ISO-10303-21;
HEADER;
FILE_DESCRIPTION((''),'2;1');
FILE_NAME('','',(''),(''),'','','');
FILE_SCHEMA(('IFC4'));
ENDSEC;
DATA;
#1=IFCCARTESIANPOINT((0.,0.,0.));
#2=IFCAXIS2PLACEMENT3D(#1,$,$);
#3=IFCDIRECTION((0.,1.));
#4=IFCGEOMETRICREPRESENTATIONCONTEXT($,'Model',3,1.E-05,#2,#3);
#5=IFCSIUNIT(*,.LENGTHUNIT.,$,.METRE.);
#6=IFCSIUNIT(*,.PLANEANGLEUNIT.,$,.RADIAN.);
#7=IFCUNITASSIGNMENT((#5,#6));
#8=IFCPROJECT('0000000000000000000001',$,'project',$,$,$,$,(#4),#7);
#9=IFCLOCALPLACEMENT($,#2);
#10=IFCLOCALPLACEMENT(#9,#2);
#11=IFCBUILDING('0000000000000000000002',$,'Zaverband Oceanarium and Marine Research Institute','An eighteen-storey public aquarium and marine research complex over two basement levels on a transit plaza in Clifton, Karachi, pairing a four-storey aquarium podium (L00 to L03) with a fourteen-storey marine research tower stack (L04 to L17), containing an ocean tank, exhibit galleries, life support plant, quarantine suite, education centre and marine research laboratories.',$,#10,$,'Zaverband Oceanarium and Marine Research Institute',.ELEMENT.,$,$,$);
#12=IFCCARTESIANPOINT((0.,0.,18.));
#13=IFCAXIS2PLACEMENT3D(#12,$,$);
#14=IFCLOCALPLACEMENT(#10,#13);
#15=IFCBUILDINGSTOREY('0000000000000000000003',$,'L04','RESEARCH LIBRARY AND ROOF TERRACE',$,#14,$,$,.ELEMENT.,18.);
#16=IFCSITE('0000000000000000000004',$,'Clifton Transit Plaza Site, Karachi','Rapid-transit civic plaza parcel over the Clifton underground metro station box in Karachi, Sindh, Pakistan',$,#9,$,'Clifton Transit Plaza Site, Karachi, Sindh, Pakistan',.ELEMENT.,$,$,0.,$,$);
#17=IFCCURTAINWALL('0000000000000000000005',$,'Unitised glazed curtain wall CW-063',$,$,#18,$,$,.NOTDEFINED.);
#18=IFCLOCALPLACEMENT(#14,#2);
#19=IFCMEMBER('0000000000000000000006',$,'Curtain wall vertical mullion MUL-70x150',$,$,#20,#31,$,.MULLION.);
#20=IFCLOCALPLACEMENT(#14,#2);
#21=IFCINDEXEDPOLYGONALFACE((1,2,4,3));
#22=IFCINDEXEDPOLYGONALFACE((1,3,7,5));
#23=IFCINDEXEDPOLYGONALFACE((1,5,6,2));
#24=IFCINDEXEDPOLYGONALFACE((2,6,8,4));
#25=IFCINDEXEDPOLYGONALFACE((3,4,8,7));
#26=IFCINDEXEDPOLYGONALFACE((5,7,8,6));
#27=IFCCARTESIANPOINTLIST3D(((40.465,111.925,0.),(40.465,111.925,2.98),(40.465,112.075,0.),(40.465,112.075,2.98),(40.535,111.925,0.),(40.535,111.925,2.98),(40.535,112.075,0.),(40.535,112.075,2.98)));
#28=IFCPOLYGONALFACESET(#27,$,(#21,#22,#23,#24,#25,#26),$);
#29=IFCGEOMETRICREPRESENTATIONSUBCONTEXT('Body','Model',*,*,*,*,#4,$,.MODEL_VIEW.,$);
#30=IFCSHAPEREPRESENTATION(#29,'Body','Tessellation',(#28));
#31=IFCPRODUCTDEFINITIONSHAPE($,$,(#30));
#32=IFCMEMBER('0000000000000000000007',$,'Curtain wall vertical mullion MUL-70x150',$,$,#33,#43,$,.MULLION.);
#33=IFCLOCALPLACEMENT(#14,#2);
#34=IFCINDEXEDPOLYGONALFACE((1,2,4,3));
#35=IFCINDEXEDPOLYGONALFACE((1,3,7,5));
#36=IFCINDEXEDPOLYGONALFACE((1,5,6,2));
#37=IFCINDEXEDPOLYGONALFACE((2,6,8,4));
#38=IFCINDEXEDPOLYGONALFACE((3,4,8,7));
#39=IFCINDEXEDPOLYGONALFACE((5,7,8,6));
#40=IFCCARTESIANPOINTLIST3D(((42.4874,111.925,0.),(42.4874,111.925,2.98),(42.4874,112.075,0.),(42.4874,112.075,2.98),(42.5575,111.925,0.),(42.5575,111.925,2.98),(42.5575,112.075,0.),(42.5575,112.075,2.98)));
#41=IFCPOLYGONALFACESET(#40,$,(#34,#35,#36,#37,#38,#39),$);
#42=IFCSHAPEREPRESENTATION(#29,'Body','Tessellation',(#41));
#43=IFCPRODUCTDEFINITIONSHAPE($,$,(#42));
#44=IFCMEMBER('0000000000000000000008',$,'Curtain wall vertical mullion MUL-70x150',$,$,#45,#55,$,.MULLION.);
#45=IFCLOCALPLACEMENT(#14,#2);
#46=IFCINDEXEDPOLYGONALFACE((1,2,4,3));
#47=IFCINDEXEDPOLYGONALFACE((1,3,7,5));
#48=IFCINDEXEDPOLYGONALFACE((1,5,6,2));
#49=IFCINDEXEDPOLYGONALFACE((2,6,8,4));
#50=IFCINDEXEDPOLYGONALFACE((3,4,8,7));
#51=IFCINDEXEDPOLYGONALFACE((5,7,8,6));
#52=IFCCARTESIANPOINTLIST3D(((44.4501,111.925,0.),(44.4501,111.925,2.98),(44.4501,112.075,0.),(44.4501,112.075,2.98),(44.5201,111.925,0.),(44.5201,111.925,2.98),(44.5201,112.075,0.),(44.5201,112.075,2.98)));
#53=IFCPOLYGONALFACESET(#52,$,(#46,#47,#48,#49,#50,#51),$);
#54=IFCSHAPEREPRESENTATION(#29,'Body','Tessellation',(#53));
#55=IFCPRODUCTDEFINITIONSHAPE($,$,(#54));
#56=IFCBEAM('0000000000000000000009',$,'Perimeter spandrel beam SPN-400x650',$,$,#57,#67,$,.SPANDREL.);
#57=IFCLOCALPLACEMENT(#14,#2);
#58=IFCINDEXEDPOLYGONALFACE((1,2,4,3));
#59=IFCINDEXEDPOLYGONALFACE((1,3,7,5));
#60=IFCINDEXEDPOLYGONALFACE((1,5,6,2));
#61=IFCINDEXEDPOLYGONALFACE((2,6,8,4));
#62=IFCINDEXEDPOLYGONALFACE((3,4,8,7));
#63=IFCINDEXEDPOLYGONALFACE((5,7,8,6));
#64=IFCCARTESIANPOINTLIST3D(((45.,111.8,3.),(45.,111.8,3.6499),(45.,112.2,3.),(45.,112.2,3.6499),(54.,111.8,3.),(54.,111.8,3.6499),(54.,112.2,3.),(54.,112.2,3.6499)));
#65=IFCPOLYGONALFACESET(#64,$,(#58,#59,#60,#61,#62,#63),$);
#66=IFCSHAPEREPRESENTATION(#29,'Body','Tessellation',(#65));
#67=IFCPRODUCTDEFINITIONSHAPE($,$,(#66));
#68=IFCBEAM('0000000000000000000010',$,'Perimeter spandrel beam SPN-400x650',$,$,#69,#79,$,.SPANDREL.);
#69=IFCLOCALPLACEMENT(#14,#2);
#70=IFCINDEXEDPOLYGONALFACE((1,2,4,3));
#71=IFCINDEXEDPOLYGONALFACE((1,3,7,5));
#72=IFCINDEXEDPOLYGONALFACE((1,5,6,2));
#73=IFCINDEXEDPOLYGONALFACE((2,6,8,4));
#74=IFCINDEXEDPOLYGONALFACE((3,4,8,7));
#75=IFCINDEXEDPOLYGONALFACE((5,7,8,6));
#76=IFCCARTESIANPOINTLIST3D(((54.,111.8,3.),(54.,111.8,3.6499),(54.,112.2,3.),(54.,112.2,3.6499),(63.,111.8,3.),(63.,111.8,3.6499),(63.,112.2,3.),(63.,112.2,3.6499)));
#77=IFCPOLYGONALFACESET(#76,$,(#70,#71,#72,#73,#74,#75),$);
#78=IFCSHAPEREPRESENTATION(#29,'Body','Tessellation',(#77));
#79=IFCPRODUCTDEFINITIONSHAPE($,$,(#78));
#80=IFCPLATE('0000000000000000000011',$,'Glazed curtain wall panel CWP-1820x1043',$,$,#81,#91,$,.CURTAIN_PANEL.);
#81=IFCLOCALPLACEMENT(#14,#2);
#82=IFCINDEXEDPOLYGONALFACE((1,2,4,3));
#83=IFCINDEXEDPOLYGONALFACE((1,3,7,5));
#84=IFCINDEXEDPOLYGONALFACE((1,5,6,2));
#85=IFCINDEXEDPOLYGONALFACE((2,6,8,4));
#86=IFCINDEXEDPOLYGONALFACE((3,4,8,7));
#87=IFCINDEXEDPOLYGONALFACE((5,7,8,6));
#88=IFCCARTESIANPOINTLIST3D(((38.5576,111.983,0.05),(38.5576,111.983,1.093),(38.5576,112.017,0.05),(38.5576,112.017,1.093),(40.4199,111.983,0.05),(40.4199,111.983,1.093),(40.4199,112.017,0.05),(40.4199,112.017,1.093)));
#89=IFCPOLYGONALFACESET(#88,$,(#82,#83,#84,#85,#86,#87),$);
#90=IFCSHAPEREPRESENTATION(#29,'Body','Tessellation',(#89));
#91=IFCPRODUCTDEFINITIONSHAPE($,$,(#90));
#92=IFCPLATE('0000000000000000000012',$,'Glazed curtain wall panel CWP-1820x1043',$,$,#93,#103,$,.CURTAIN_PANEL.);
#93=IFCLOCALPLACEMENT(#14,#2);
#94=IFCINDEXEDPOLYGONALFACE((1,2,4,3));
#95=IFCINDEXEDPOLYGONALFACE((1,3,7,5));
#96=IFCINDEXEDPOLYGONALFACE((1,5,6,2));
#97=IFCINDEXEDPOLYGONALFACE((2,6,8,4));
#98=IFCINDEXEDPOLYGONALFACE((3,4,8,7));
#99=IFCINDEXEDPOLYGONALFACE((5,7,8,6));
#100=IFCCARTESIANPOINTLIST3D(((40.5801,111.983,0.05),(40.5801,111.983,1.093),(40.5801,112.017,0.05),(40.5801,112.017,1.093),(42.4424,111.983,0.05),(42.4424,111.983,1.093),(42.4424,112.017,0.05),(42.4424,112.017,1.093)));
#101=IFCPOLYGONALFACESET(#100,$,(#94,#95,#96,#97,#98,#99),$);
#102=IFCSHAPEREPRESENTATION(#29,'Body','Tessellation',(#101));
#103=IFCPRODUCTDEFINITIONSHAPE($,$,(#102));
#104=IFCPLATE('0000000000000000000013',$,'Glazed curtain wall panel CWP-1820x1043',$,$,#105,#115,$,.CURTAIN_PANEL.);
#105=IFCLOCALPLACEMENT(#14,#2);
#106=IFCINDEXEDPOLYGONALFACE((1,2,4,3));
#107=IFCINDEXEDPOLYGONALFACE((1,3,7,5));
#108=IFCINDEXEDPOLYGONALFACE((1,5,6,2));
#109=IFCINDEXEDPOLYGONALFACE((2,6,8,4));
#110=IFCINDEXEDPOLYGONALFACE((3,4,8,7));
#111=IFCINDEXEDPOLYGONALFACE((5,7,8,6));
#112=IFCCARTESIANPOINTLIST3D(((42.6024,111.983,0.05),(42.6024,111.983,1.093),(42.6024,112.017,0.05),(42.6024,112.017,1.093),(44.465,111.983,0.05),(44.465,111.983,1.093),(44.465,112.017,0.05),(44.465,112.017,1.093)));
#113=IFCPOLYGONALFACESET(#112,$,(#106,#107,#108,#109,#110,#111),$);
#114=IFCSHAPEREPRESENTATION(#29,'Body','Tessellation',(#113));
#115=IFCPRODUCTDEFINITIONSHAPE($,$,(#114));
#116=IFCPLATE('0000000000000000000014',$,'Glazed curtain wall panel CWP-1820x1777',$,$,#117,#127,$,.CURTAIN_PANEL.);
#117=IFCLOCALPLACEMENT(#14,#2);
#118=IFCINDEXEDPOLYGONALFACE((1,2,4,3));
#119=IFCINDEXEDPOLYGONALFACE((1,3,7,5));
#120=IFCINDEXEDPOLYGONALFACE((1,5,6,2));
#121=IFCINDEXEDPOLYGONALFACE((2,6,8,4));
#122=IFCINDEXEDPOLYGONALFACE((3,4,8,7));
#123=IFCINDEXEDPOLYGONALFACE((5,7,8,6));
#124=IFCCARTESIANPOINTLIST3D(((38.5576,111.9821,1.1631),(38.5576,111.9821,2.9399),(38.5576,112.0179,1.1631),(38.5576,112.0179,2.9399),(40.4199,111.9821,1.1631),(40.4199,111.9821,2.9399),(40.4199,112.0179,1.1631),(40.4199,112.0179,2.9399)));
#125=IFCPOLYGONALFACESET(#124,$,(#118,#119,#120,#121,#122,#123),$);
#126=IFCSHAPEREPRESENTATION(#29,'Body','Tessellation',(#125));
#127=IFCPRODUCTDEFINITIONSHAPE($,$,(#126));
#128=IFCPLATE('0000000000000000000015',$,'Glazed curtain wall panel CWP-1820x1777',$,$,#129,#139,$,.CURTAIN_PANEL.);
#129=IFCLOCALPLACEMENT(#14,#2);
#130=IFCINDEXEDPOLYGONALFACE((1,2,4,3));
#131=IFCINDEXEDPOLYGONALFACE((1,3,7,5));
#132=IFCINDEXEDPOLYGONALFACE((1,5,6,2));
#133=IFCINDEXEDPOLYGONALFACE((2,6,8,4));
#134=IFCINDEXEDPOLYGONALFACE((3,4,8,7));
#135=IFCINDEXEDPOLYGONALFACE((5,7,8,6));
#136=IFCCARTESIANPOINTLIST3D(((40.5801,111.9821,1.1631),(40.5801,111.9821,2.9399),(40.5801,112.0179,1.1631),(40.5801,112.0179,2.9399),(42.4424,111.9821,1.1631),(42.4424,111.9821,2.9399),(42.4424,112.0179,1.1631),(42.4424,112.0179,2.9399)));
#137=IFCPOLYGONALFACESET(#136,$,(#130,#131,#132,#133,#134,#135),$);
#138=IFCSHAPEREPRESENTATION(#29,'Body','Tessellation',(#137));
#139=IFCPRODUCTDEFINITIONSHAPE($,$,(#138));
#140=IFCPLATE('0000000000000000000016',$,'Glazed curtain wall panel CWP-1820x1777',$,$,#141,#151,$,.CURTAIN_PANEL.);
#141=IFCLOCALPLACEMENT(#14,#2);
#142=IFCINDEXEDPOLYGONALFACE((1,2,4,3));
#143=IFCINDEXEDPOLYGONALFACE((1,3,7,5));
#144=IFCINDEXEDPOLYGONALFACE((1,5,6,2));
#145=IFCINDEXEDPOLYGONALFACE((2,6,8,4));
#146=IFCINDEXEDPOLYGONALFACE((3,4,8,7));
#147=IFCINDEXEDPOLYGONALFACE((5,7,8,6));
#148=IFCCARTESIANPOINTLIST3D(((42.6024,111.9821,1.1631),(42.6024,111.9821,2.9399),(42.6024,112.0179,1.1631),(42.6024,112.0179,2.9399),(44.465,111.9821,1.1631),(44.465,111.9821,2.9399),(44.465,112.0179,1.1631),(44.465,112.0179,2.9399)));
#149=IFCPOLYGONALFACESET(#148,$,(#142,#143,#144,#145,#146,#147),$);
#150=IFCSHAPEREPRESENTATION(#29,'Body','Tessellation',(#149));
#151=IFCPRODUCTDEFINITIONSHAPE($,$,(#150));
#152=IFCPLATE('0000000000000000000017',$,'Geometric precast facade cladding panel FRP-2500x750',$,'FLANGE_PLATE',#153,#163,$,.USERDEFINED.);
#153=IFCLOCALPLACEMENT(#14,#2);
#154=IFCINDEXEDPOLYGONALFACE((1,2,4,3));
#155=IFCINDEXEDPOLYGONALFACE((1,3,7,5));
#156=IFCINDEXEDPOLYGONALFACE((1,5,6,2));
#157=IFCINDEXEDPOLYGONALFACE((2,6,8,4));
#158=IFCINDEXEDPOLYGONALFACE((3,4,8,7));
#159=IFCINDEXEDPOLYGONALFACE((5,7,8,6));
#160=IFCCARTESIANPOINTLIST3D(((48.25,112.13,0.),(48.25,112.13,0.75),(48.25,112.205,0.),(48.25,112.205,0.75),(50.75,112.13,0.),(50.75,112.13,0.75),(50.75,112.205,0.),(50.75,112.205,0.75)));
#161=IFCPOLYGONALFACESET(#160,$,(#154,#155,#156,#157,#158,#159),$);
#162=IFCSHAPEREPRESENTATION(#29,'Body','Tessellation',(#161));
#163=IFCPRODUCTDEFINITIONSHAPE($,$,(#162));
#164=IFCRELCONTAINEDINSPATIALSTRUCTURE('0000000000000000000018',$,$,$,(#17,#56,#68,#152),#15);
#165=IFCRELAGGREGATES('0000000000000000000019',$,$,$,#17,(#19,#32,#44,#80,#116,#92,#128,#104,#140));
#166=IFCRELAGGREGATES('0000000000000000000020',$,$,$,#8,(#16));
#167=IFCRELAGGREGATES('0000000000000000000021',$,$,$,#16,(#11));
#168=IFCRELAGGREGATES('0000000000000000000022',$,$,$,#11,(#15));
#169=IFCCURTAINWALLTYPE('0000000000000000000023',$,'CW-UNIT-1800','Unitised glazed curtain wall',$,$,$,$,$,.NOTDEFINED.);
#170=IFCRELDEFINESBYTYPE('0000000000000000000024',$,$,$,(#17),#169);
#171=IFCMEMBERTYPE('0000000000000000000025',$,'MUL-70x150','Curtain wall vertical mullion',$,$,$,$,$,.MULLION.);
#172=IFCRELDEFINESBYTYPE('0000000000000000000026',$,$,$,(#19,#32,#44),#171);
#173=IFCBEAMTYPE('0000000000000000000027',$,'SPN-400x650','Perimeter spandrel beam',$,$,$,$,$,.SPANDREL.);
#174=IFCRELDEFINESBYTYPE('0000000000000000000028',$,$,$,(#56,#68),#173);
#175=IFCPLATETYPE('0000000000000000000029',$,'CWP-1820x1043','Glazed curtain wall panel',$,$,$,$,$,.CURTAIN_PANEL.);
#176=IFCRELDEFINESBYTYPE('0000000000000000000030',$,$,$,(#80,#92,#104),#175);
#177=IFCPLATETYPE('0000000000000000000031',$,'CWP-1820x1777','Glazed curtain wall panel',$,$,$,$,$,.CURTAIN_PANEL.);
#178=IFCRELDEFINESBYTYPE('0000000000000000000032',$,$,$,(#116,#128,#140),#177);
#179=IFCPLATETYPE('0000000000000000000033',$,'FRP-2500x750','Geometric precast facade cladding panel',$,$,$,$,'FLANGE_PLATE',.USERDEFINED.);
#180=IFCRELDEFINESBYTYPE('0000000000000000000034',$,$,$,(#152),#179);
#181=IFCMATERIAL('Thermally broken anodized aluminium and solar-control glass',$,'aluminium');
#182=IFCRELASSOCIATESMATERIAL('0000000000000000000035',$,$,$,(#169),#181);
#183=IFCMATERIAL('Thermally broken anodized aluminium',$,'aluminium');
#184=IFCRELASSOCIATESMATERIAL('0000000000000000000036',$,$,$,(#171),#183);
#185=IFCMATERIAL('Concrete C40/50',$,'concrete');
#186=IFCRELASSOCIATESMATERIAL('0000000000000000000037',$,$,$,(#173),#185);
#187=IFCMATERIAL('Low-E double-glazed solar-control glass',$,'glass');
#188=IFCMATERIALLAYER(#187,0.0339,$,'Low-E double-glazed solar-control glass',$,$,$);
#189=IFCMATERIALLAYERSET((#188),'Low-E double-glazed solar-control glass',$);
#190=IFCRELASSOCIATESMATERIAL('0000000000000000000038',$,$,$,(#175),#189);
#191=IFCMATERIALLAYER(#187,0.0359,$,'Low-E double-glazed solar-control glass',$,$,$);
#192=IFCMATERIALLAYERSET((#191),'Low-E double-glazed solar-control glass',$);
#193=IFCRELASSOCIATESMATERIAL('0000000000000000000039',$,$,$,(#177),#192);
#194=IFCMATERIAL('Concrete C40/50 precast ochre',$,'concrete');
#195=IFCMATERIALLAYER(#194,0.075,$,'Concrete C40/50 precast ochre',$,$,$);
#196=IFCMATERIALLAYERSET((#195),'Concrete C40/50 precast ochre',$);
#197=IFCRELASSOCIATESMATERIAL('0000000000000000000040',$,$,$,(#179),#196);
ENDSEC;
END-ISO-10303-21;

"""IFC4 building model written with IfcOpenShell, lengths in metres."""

from ifc_helpers import new_model, si_unit, direction, frame, frame_2d, origin, origin_2d, place, context, subcontext, project, spatial, rectangle, extrude, material, layer, layer_set, material_profile, profile_set, type_object, element, aggregate, save


model = new_model("IFC4")

# Units and contexts
model_context = context("Model", 3, precision=1e-05, world=origin(), true_north=direction((0.0, 1.0)))
body_context = subcontext(model_context, "Body", "Model", "MODEL_VIEW")
ifc_project = project(units=[si_unit("LENGTHUNIT", "METRE"), si_unit("PLANEANGLEUNIT", "RADIAN")], contexts=[model_context])

# Site, building, storey
site_placement = place(None, origin())
site = spatial("IfcSite", under=ifc_project, at=site_placement, Name="Clifton Transit Plaza Site, Karachi", Description="Rapid-transit civic plaza parcel over the Clifton underground metro station box in Karachi, Sindh, Pakistan", LongName="Clifton Transit Plaza Site, Karachi, Sindh, Pakistan", CompositionType="ELEMENT", RefElevation=0.0)
building_placement = place(site_placement, origin())
building = spatial("IfcBuilding", under=site, at=building_placement, Name="Zaverband Oceanarium and Marine Research Institute", Description="An eighteen-storey public aquarium and marine research complex over two basement levels on a transit plaza in Clifton, Karachi, pairing a four-storey aquarium podium (L00 to L03) with a fourteen-storey marine research tower stack (L04 to L17), containing an ocean tank, exhibit galleries, life support plant, quarantine suite, education centre and marine research laboratories.", LongName="Zaverband Oceanarium and Marine Research Institute", CompositionType="ELEMENT")
storey_placement = place(building_placement, frame((0.0, 0.0, 18.0)))
storey = spatial("IfcBuildingStorey", under=building, at=storey_placement, Name="L04", Description="RESEARCH LIBRARY AND ROOF TERRACE", CompositionType="ELEMENT", Elevation=18.0)

# Shared definitions
ifc_material_1 = material(Name="Concrete C40/50", Category="concrete")

# Curtain wall, members
ifc_material_2 = material(Name="Thermally broken anodized aluminium and solar-control glass", Category="aluminium")
curtain_wall_type = type_object("IfcCurtainWallType", Name="CW-UNIT-1800", Description="Unitised glazed curtain wall", PredefinedType="NOTDEFINED", material=ifc_material_2)
curtain_wall_placement = place(storey_placement, origin())
curtain_wall = element("IfcCurtainWall", 1, at=curtain_wall_placement, inside=storey, type_object=curtain_wall_type, Name="Unitised glazed curtain wall CW-063", PredefinedType="NOTDEFINED")
ifc_material_3 = material(Name="Thermally broken anodized aluminium", Category="aluminium")
ifc_material_profile_1 = material_profile(ifc_material_3, rectangle(XDim=0.0701, YDim=0.1499, at=origin_2d()), Name="AL-MUL-70x150")
ifc_profile_set_1 = profile_set([ifc_material_profile_1], Name="Thermally broken anodized aluminium")
member_type = type_object("IfcMemberType", Name="MUL-70x150", Description="Curtain wall vertical mullion", PredefinedType="MULLION", material=ifc_profile_set_1)
member_1_placement = place(storey_placement, frame((40.5, 112.0, 0.0), z_axis=(0.0, 0.0, 1.0), x_axis=(1.0, 0.0, 0.0)))
member_1 = element("IfcMember", 2, at=member_1_placement, type_object=member_type, Name="Curtain wall vertical mullion MUL-70x150", PredefinedType="MULLION", context=body_context, shape_type="SweptSolid", body=[
    extrude(rectangle(XDim=0.0701, YDim=0.1499, at=origin_2d()), origin(), (0.0, 0.0, 1.0), 2.98),
])
member_2_placement = place(storey_placement, frame((42.5225, 112.0, 0.0), z_axis=(0.0, 0.0, 1.0), x_axis=(1.0, 0.0, 0.0)))
member_2 = element("IfcMember", 3, at=member_2_placement, type_object=member_type, Name="Curtain wall vertical mullion MUL-70x150", PredefinedType="MULLION", context=body_context, shape_type="SweptSolid", body=[
    extrude(rectangle(XDim=0.0701, YDim=0.1499, at=origin_2d()), origin(), (0.0, 0.0, 1.0), 2.98),
])
member_3_placement = place(storey_placement, frame((44.4851, 112.0, 0.0), z_axis=(0.0, 0.0, 1.0), x_axis=(1.0, 0.0, 0.0)))
member_3 = element("IfcMember", 4, at=member_3_placement, type_object=member_type, Name="Curtain wall vertical mullion MUL-70x150", PredefinedType="MULLION", context=body_context, shape_type="SweptSolid", body=[
    extrude(rectangle(XDim=0.0701, YDim=0.1499, at=origin_2d()), origin(), (0.0, 0.0, 1.0), 2.98),
])

# Beams
ifc_material_profile_2 = material_profile(ifc_material_1, rectangle(XDim=0.3999, YDim=0.6499, at=origin_2d()), Name="RC400x650")
ifc_profile_set_2 = profile_set([ifc_material_profile_2], Name="Concrete C40/50")
beam_type_1 = type_object("IfcBeamType", Name="SPN-400x650", Description="Perimeter spandrel beam", PredefinedType="SPANDREL", material=ifc_profile_set_2)
for number, where, z_axis, x_axis, name in (
    (5, (45.0, 112.0, 3.325), (1.0, 0.0, 0.0), (0.0, 1.0, 0.0), "Perimeter spandrel beam SPN-400x650"),
    (6, (54.0, 112.0, 3.325), (1.0, 0.0, 0.0), (0.0, 1.0, 0.0), "Perimeter spandrel beam SPN-400x650"),
):
    element("IfcBeam", number, at=place(storey_placement, frame(where, z_axis=z_axis, x_axis=x_axis)), inside=storey, type_object=beam_type_1, Name=name, PredefinedType="SPANDREL", context=body_context, shape_type="SweptSolid", body=[
        extrude(rectangle(XDim=0.3999, YDim=0.6499, at=origin_2d()), origin(), (0.0, 0.0, 1.0), 9.0),
    ])

# Plates
ifc_material_4 = material(Name="Low-E double-glazed solar-control glass", Category="glass")
ifc_layer_1 = layer(ifc_material_4, 0.0339, Name="Low-E double-glazed solar-control glass")
ifc_layer_set_1 = layer_set([ifc_layer_1], Name="Low-E double-glazed solar-control glass")
plate_type_1 = type_object("IfcPlateType", Name="CWP-1820x1043", Description="Glazed curtain wall panel", PredefinedType="CURTAIN_PANEL", material=ifc_layer_set_1)
plate_1_placement = place(storey_placement, frame((38.5576, 112.0, 0.05), z_axis=(0.0, 0.0, 1.0), x_axis=(1.0, 0.0, 0.0)))
plate_1 = element("IfcPlate", 7, at=plate_1_placement, type_object=plate_type_1, Name="Glazed curtain wall panel CWP-1820x1043", PredefinedType="CURTAIN_PANEL", context=body_context, shape_type="SweptSolid", body=[
    extrude(rectangle(XDim=1.8623, YDim=0.0339, at=frame_2d((0.9312, 0.0))), origin(), (0.0, 0.0, 1.0), 1.043),
])
plate_2_placement = place(storey_placement, frame((40.5801, 112.0, 0.05), z_axis=(0.0, 0.0, 1.0), x_axis=(1.0, 0.0, 0.0)))
plate_2 = element("IfcPlate", 8, at=plate_2_placement, type_object=plate_type_1, Name="Glazed curtain wall panel CWP-1820x1043", PredefinedType="CURTAIN_PANEL", context=body_context, shape_type="SweptSolid", body=[
    extrude(rectangle(XDim=1.8623, YDim=0.0339, at=frame_2d((0.9312, 0.0))), origin(), (0.0, 0.0, 1.0), 1.043),
])
plate_3_placement = place(storey_placement, frame((42.6025, 112.0, 0.05), z_axis=(0.0, 0.0, 1.0), x_axis=(1.0, 0.0, 0.0)))
plate_3 = element("IfcPlate", 9, at=plate_3_placement, type_object=plate_type_1, Name="Glazed curtain wall panel CWP-1820x1043", PredefinedType="CURTAIN_PANEL", context=body_context, shape_type="SweptSolid", body=[
    extrude(rectangle(XDim=1.8625, YDim=0.0339, at=frame_2d((0.9312, 0.0))), origin(), (0.0, 0.0, 1.0), 1.043),
])
ifc_layer_2 = layer(ifc_material_4, 0.0359, Name="Low-E double-glazed solar-control glass")
ifc_layer_set_2 = layer_set([ifc_layer_2], Name="Low-E double-glazed solar-control glass")
plate_type_2 = type_object("IfcPlateType", Name="CWP-1820x1777", Description="Glazed curtain wall panel", PredefinedType="CURTAIN_PANEL", material=ifc_layer_set_2)
plate_4_placement = place(storey_placement, frame((38.5576, 112.0, 1.1631), z_axis=(0.0, 0.0, 1.0), x_axis=(1.0, 0.0, 0.0)))
plate_4 = element("IfcPlate", 10, at=plate_4_placement, type_object=plate_type_2, Name="Glazed curtain wall panel CWP-1820x1777", PredefinedType="CURTAIN_PANEL", context=body_context, shape_type="SweptSolid", body=[
    extrude(rectangle(XDim=1.8623, YDim=0.0359, at=frame_2d((0.9312, 0.0))), origin(), (0.0, 0.0, 1.0), 1.7769),
])
plate_5_placement = place(storey_placement, frame((40.5801, 112.0, 1.1631), z_axis=(0.0, 0.0, 1.0), x_axis=(1.0, 0.0, 0.0)))
plate_5 = element("IfcPlate", 11, at=plate_5_placement, type_object=plate_type_2, Name="Glazed curtain wall panel CWP-1820x1777", PredefinedType="CURTAIN_PANEL", context=body_context, shape_type="SweptSolid", body=[
    extrude(rectangle(XDim=1.8623, YDim=0.0359, at=frame_2d((0.9312, 0.0))), origin(), (0.0, 0.0, 1.0), 1.7769),
])
plate_6_placement = place(storey_placement, frame((42.6025, 112.0, 1.1631), z_axis=(0.0, 0.0, 1.0), x_axis=(1.0, 0.0, 0.0)))
plate_6 = element("IfcPlate", 12, at=plate_6_placement, type_object=plate_type_2, Name="Glazed curtain wall panel CWP-1820x1777", PredefinedType="CURTAIN_PANEL", context=body_context, shape_type="SweptSolid", body=[
    extrude(rectangle(XDim=1.8625, YDim=0.0359, at=frame_2d((0.9312, 0.0))), origin(), (0.0, 0.0, 1.0), 1.7769),
])
aggregate(curtain_wall, [member_1, member_2, member_3, plate_1, plate_4, plate_2, plate_5, plate_3, plate_6])
ifc_material_5 = material(Name="Concrete C40/50 precast ochre", Category="concrete")
ifc_layer_3 = layer(ifc_material_5, 0.075, Name="Concrete C40/50 precast ochre")
ifc_layer_set_3 = layer_set([ifc_layer_3], Name="Concrete C40/50 precast ochre")
plate_type_3 = type_object("IfcPlateType", Name="FRP-2500x750", Description="Geometric precast facade cladding panel", ElementType="FLANGE_PLATE", PredefinedType="USERDEFINED", material=ifc_layer_set_3)
plate_7_placement = place(storey_placement, frame((48.25, 112.1675, 0.0), z_axis=(0.0, 0.0, 1.0), x_axis=(1.0, 0.0, 0.0)))
element("IfcPlate", 13, at=plate_7_placement, inside=storey, type_object=plate_type_3, Name="Geometric precast facade cladding panel FRP-2500x750", ObjectType="FLANGE_PLATE", PredefinedType="USERDEFINED", context=body_context, shape_type="SweptSolid", body=[
    extrude(rectangle(XDim=2.5, YDim=0.075, at=frame_2d((1.25, 0.0))), origin(), (0.0, 0.0, 1.0), 0.75),
])

save(model, "model.ifc")
